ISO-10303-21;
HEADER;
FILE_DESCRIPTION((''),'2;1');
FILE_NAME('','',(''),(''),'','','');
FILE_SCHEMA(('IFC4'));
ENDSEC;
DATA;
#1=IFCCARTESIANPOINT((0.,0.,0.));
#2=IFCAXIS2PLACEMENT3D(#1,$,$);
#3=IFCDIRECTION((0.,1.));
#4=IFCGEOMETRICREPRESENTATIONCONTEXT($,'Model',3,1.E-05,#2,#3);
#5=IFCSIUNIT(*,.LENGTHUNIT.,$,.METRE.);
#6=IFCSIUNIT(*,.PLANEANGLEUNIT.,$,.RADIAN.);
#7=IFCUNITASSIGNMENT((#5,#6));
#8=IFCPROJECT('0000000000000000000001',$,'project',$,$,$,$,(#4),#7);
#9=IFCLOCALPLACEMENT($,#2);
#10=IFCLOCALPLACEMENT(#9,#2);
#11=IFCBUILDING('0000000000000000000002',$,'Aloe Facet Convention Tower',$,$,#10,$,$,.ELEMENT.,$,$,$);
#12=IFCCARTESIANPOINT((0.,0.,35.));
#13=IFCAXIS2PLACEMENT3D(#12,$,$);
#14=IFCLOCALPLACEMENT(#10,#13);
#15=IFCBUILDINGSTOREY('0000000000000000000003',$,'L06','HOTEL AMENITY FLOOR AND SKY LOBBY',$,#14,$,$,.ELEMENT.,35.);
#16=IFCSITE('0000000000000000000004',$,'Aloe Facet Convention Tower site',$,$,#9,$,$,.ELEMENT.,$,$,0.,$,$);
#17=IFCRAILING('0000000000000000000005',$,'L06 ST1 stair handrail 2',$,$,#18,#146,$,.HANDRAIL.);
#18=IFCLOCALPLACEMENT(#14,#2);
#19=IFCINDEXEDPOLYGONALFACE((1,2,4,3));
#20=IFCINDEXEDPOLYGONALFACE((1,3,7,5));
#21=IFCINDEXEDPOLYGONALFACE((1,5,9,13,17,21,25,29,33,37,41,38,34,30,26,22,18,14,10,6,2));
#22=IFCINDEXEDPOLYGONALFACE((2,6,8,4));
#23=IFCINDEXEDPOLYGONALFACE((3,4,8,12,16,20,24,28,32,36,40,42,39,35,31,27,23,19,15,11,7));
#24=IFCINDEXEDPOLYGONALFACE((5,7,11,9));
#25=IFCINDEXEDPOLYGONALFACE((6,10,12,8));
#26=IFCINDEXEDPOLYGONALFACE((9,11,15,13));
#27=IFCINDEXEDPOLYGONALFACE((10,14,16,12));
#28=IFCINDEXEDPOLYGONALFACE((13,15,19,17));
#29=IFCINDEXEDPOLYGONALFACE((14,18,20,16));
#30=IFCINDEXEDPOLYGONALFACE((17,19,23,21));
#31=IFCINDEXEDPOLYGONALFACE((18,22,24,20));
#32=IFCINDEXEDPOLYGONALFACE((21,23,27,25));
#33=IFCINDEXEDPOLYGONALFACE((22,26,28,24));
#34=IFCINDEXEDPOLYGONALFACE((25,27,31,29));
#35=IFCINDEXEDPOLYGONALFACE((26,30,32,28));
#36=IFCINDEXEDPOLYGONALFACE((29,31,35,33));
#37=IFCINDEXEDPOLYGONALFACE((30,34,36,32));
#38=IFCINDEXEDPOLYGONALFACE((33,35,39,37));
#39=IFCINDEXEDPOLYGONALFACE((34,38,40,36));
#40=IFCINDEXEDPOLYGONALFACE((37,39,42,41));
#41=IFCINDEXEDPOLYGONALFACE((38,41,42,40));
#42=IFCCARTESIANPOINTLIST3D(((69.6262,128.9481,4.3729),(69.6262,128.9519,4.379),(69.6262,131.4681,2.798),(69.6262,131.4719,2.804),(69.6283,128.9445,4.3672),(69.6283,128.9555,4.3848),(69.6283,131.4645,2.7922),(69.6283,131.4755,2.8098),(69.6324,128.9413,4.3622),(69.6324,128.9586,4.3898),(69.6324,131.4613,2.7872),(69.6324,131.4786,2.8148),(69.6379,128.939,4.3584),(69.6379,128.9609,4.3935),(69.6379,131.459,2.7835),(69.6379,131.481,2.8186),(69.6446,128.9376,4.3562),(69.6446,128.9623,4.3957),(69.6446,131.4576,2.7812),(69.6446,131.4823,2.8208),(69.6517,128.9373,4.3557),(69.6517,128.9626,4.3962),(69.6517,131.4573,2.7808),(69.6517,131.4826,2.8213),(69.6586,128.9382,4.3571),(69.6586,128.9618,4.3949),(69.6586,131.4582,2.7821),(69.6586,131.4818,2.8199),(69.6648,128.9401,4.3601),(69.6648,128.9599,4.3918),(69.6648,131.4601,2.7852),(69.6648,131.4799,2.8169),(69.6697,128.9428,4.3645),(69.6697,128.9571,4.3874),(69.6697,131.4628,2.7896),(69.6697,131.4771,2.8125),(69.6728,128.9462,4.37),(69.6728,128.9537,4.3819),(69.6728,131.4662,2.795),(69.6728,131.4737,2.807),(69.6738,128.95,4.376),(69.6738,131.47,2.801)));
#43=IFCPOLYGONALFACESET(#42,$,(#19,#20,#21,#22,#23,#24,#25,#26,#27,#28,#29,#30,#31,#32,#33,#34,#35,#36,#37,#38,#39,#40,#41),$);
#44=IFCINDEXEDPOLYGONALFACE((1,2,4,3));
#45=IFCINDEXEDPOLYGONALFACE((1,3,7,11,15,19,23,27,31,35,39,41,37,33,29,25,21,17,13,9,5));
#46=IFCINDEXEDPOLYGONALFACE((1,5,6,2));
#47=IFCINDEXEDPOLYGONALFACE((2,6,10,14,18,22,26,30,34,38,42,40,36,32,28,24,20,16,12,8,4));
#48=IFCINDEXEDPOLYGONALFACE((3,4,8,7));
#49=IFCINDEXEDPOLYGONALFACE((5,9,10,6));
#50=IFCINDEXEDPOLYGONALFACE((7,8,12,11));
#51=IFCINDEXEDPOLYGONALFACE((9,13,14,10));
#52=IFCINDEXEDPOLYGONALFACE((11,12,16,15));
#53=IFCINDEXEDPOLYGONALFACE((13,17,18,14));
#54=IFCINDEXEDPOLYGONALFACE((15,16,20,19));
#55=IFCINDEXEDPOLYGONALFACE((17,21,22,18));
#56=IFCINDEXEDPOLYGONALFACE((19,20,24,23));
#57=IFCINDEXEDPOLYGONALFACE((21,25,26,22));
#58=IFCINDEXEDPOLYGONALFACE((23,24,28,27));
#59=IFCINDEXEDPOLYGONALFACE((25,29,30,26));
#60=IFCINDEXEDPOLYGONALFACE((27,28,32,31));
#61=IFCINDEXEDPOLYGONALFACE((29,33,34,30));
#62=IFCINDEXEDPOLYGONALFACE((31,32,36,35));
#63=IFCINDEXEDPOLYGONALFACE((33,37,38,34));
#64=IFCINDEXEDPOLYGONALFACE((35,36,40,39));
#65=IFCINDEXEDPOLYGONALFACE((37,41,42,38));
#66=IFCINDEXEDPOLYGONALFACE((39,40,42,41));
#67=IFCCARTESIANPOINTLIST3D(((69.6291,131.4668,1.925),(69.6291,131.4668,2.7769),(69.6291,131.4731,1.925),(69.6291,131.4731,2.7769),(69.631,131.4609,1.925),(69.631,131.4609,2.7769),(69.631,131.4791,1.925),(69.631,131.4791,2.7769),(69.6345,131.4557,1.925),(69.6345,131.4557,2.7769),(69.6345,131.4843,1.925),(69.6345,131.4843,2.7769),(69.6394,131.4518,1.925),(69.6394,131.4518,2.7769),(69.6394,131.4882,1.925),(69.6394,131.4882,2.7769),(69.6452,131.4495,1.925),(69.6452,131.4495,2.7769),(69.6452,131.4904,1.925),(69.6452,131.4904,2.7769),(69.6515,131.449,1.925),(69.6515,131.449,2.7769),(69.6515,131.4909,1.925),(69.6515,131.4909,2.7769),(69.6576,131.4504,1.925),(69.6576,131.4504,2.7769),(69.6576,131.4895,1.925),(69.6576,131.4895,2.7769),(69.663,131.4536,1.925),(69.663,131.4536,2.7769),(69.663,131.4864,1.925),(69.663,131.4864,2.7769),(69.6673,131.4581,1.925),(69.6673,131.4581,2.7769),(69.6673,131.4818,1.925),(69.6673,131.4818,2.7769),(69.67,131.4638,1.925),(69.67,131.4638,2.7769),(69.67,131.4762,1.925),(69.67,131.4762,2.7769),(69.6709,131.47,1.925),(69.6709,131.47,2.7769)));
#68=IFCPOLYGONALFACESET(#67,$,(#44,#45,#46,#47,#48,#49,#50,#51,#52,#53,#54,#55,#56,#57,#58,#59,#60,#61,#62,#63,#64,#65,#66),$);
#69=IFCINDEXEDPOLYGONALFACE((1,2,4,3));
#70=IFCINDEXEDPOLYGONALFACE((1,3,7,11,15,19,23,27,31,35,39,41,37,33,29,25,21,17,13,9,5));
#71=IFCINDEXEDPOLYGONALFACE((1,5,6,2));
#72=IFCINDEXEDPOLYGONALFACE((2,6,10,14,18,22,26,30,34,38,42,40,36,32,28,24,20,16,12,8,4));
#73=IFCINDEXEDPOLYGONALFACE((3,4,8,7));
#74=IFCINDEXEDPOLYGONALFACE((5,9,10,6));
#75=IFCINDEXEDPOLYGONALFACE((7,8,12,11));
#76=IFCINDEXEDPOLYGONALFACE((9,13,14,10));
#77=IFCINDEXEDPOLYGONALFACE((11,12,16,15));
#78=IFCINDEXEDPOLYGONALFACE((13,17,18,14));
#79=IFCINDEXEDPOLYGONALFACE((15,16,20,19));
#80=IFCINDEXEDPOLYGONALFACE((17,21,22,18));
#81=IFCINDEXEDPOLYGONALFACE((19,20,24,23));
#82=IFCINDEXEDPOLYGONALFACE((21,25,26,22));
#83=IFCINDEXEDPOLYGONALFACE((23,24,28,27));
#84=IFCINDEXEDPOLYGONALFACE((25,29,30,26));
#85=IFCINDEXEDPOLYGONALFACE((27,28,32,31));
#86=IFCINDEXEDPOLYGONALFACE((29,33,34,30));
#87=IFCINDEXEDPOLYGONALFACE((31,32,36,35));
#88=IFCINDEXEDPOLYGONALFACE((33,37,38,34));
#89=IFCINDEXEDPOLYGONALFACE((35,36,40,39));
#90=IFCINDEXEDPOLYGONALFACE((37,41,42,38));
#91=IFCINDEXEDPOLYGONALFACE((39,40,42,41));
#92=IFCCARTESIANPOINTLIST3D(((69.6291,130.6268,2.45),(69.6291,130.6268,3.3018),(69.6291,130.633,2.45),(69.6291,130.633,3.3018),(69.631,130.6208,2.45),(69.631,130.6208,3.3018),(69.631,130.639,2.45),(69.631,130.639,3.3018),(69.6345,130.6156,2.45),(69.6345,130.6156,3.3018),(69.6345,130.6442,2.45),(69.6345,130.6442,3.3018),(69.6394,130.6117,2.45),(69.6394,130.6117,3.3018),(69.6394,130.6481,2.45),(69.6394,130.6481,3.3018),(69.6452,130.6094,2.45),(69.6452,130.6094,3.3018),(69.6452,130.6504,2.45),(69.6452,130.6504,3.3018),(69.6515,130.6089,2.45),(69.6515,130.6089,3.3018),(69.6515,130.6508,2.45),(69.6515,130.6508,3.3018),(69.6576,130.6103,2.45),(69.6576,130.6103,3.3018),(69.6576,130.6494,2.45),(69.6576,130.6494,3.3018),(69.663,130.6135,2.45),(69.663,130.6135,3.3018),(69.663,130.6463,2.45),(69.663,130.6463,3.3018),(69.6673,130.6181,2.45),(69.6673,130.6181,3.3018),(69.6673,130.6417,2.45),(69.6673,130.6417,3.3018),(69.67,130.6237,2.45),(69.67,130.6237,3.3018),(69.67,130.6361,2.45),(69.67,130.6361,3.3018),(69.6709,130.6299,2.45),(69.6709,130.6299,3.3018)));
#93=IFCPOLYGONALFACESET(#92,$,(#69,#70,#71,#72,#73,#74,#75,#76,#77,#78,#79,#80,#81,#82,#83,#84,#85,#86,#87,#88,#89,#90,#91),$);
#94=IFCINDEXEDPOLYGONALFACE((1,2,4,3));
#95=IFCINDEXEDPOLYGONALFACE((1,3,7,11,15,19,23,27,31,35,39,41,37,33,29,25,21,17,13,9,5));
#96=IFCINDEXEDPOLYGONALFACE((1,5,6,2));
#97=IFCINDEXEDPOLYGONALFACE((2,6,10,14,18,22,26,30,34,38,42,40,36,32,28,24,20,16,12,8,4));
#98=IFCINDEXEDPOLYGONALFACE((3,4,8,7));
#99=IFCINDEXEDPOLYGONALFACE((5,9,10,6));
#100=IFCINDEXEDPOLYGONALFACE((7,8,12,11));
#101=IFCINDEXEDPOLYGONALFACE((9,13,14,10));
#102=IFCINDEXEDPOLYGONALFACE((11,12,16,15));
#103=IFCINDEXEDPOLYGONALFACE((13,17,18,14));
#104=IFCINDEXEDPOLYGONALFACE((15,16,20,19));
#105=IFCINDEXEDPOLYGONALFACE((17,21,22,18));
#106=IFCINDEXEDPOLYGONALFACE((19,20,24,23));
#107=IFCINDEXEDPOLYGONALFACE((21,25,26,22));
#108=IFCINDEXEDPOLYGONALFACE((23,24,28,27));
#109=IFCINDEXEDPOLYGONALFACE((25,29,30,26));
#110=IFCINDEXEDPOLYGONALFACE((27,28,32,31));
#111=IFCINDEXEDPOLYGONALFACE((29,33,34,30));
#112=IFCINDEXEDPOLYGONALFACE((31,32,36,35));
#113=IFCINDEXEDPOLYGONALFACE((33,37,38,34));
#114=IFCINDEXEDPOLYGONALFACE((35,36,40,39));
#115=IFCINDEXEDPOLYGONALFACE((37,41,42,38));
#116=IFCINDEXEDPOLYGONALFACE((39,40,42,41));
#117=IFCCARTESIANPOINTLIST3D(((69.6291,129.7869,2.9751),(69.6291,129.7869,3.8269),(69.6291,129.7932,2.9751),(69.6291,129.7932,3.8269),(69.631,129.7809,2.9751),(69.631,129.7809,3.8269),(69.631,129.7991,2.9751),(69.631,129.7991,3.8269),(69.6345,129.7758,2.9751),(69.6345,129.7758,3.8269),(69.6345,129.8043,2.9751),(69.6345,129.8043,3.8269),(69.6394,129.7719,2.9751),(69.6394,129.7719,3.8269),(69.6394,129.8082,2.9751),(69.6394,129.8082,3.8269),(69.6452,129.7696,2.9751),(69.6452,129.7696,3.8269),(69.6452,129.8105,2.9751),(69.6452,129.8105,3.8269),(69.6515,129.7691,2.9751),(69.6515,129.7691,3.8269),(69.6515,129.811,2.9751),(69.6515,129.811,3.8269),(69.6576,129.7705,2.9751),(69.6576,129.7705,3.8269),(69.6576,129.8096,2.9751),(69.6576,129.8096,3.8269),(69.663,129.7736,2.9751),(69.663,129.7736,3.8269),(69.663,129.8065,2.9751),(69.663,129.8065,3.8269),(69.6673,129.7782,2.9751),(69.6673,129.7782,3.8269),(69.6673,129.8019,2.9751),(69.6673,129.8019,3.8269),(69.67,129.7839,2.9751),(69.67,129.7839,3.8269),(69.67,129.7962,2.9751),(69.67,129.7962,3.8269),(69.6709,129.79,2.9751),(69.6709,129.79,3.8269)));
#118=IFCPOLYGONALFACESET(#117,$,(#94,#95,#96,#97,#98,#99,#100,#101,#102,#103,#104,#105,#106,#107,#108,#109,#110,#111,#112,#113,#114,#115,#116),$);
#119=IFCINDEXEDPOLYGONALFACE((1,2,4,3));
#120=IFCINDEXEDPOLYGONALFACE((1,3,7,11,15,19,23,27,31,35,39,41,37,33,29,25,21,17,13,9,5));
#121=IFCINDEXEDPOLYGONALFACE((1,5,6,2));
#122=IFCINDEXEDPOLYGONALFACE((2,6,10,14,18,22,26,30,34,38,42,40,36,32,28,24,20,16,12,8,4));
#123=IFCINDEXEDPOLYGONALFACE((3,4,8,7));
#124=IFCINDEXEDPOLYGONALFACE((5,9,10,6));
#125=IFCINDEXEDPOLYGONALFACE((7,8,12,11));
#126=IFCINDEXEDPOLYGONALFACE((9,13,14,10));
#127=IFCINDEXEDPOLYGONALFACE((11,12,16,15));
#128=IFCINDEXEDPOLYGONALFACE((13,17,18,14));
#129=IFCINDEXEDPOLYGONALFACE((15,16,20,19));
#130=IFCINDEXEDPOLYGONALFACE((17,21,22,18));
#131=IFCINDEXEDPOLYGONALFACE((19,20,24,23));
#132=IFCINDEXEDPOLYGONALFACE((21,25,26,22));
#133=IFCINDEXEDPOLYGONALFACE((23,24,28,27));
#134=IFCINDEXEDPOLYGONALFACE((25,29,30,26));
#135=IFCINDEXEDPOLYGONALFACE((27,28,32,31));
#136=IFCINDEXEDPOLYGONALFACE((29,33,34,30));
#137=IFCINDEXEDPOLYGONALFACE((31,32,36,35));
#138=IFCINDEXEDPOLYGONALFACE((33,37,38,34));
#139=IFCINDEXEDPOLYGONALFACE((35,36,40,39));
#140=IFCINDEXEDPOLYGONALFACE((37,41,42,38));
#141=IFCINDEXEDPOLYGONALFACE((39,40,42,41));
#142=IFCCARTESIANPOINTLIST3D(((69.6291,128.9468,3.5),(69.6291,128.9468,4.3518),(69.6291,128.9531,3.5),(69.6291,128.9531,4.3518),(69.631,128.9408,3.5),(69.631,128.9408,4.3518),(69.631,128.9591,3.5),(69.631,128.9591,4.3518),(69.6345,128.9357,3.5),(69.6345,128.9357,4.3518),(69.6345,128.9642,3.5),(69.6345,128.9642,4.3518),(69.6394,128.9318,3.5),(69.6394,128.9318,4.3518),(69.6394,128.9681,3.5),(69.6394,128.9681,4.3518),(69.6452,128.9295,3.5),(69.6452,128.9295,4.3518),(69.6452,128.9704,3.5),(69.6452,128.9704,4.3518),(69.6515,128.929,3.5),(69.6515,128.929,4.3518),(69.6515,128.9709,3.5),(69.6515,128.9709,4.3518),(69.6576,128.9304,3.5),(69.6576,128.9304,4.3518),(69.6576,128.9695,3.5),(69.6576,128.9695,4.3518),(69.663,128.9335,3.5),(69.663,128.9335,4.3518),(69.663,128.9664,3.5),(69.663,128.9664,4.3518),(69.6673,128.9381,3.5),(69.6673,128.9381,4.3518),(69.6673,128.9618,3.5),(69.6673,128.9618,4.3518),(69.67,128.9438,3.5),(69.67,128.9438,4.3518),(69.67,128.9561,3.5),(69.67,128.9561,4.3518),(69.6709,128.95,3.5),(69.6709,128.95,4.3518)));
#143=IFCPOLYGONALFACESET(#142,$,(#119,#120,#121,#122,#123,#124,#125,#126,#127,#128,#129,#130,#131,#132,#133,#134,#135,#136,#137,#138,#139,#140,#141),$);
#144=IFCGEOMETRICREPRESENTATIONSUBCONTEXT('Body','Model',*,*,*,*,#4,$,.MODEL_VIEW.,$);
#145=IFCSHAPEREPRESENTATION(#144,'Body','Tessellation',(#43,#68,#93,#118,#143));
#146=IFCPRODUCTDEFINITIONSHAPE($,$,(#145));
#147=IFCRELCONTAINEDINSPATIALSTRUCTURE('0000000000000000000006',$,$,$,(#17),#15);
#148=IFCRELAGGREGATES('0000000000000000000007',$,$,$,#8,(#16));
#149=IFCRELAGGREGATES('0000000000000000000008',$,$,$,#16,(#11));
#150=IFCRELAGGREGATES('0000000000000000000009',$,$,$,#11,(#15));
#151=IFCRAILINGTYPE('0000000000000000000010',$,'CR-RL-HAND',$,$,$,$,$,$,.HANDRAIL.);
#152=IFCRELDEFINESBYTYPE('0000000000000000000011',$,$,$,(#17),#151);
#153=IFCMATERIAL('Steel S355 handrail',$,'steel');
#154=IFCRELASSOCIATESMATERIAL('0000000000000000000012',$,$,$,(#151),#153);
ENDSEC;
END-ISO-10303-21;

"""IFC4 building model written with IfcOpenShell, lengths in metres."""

from ifc_helpers import new_model, si_unit, direction, frame, origin, origin_2d, place, context, subcontext, project, spatial, circle, extrude, material, type_object, element, save


model = new_model("IFC4")

# Units and contexts
model_context = context("Model", 3, precision=1e-05, world=origin(), true_north=direction((0.0, 1.0)))
body_context = subcontext(model_context, "Body", "Model", "MODEL_VIEW")
ifc_project = project(units=[si_unit("LENGTHUNIT", "METRE"), si_unit("PLANEANGLEUNIT", "RADIAN")], contexts=[model_context])

# Site, building, storey
site_placement = place(None, origin())
site = spatial("IfcSite", under=ifc_project, at=site_placement, Name="Aloe Facet Convention Tower site", CompositionType="ELEMENT", RefElevation=0.0)
building_placement = place(site_placement, origin())
building = spatial("IfcBuilding", under=site, at=building_placement, Name="Aloe Facet Convention Tower", CompositionType="ELEMENT")
storey_placement = place(building_placement, frame((0.0, 0.0, 35.0)))
storey = spatial("IfcBuildingStorey", under=building, at=storey_placement, Name="L06", Description="HOTEL AMENITY FLOOR AND SKY LOBBY", CompositionType="ELEMENT", Elevation=35.0)

# Railing
ifc_material_1 = material(Name="Steel S355 handrail", Category="steel")
railing_type_1 = type_object("IfcRailingType", Name="CR-RL-HAND", PredefinedType="HANDRAIL", material=ifc_material_1)
railing_1_placement = place(storey_placement, frame((69.6499, 131.47, 1.925)))
element("IfcRailing", 1, at=railing_1_placement, inside=storey, type_object=railing_type_1, Name="L06 ST1 stair handrail 2", PredefinedType="HANDRAIL", context=body_context, shape_type="SweptSolid", body=[
    extrude(circle(Radius=0.0239, at=origin_2d()), frame((0.0, 0.0, 0.876), z_axis=(0.0, -0.848008, 0.529984), x_axis=(1.0, 0.0, 0.0)), (0.0, 0.0, 1.0), 2.9717),
    extrude(circle(Radius=0.021, at=origin_2d()), origin(), (0.0, 0.0, 1.0), 0.8518),
    extrude(circle(Radius=0.021, at=origin_2d()), frame((0.0, -0.8401, 0.5249)), (0.0, 0.0, 1.0), 0.8518),
    extrude(circle(Radius=0.021, at=origin_2d()), frame((0.0, -1.6799, 1.05)), (0.0, 0.0, 1.0), 0.8518),
    extrude(circle(Radius=0.021, at=origin_2d()), frame((0.0, -2.52, 1.575)), (0.0, 0.0, 1.0), 0.8518),
])

save(model, "model.ifc")
